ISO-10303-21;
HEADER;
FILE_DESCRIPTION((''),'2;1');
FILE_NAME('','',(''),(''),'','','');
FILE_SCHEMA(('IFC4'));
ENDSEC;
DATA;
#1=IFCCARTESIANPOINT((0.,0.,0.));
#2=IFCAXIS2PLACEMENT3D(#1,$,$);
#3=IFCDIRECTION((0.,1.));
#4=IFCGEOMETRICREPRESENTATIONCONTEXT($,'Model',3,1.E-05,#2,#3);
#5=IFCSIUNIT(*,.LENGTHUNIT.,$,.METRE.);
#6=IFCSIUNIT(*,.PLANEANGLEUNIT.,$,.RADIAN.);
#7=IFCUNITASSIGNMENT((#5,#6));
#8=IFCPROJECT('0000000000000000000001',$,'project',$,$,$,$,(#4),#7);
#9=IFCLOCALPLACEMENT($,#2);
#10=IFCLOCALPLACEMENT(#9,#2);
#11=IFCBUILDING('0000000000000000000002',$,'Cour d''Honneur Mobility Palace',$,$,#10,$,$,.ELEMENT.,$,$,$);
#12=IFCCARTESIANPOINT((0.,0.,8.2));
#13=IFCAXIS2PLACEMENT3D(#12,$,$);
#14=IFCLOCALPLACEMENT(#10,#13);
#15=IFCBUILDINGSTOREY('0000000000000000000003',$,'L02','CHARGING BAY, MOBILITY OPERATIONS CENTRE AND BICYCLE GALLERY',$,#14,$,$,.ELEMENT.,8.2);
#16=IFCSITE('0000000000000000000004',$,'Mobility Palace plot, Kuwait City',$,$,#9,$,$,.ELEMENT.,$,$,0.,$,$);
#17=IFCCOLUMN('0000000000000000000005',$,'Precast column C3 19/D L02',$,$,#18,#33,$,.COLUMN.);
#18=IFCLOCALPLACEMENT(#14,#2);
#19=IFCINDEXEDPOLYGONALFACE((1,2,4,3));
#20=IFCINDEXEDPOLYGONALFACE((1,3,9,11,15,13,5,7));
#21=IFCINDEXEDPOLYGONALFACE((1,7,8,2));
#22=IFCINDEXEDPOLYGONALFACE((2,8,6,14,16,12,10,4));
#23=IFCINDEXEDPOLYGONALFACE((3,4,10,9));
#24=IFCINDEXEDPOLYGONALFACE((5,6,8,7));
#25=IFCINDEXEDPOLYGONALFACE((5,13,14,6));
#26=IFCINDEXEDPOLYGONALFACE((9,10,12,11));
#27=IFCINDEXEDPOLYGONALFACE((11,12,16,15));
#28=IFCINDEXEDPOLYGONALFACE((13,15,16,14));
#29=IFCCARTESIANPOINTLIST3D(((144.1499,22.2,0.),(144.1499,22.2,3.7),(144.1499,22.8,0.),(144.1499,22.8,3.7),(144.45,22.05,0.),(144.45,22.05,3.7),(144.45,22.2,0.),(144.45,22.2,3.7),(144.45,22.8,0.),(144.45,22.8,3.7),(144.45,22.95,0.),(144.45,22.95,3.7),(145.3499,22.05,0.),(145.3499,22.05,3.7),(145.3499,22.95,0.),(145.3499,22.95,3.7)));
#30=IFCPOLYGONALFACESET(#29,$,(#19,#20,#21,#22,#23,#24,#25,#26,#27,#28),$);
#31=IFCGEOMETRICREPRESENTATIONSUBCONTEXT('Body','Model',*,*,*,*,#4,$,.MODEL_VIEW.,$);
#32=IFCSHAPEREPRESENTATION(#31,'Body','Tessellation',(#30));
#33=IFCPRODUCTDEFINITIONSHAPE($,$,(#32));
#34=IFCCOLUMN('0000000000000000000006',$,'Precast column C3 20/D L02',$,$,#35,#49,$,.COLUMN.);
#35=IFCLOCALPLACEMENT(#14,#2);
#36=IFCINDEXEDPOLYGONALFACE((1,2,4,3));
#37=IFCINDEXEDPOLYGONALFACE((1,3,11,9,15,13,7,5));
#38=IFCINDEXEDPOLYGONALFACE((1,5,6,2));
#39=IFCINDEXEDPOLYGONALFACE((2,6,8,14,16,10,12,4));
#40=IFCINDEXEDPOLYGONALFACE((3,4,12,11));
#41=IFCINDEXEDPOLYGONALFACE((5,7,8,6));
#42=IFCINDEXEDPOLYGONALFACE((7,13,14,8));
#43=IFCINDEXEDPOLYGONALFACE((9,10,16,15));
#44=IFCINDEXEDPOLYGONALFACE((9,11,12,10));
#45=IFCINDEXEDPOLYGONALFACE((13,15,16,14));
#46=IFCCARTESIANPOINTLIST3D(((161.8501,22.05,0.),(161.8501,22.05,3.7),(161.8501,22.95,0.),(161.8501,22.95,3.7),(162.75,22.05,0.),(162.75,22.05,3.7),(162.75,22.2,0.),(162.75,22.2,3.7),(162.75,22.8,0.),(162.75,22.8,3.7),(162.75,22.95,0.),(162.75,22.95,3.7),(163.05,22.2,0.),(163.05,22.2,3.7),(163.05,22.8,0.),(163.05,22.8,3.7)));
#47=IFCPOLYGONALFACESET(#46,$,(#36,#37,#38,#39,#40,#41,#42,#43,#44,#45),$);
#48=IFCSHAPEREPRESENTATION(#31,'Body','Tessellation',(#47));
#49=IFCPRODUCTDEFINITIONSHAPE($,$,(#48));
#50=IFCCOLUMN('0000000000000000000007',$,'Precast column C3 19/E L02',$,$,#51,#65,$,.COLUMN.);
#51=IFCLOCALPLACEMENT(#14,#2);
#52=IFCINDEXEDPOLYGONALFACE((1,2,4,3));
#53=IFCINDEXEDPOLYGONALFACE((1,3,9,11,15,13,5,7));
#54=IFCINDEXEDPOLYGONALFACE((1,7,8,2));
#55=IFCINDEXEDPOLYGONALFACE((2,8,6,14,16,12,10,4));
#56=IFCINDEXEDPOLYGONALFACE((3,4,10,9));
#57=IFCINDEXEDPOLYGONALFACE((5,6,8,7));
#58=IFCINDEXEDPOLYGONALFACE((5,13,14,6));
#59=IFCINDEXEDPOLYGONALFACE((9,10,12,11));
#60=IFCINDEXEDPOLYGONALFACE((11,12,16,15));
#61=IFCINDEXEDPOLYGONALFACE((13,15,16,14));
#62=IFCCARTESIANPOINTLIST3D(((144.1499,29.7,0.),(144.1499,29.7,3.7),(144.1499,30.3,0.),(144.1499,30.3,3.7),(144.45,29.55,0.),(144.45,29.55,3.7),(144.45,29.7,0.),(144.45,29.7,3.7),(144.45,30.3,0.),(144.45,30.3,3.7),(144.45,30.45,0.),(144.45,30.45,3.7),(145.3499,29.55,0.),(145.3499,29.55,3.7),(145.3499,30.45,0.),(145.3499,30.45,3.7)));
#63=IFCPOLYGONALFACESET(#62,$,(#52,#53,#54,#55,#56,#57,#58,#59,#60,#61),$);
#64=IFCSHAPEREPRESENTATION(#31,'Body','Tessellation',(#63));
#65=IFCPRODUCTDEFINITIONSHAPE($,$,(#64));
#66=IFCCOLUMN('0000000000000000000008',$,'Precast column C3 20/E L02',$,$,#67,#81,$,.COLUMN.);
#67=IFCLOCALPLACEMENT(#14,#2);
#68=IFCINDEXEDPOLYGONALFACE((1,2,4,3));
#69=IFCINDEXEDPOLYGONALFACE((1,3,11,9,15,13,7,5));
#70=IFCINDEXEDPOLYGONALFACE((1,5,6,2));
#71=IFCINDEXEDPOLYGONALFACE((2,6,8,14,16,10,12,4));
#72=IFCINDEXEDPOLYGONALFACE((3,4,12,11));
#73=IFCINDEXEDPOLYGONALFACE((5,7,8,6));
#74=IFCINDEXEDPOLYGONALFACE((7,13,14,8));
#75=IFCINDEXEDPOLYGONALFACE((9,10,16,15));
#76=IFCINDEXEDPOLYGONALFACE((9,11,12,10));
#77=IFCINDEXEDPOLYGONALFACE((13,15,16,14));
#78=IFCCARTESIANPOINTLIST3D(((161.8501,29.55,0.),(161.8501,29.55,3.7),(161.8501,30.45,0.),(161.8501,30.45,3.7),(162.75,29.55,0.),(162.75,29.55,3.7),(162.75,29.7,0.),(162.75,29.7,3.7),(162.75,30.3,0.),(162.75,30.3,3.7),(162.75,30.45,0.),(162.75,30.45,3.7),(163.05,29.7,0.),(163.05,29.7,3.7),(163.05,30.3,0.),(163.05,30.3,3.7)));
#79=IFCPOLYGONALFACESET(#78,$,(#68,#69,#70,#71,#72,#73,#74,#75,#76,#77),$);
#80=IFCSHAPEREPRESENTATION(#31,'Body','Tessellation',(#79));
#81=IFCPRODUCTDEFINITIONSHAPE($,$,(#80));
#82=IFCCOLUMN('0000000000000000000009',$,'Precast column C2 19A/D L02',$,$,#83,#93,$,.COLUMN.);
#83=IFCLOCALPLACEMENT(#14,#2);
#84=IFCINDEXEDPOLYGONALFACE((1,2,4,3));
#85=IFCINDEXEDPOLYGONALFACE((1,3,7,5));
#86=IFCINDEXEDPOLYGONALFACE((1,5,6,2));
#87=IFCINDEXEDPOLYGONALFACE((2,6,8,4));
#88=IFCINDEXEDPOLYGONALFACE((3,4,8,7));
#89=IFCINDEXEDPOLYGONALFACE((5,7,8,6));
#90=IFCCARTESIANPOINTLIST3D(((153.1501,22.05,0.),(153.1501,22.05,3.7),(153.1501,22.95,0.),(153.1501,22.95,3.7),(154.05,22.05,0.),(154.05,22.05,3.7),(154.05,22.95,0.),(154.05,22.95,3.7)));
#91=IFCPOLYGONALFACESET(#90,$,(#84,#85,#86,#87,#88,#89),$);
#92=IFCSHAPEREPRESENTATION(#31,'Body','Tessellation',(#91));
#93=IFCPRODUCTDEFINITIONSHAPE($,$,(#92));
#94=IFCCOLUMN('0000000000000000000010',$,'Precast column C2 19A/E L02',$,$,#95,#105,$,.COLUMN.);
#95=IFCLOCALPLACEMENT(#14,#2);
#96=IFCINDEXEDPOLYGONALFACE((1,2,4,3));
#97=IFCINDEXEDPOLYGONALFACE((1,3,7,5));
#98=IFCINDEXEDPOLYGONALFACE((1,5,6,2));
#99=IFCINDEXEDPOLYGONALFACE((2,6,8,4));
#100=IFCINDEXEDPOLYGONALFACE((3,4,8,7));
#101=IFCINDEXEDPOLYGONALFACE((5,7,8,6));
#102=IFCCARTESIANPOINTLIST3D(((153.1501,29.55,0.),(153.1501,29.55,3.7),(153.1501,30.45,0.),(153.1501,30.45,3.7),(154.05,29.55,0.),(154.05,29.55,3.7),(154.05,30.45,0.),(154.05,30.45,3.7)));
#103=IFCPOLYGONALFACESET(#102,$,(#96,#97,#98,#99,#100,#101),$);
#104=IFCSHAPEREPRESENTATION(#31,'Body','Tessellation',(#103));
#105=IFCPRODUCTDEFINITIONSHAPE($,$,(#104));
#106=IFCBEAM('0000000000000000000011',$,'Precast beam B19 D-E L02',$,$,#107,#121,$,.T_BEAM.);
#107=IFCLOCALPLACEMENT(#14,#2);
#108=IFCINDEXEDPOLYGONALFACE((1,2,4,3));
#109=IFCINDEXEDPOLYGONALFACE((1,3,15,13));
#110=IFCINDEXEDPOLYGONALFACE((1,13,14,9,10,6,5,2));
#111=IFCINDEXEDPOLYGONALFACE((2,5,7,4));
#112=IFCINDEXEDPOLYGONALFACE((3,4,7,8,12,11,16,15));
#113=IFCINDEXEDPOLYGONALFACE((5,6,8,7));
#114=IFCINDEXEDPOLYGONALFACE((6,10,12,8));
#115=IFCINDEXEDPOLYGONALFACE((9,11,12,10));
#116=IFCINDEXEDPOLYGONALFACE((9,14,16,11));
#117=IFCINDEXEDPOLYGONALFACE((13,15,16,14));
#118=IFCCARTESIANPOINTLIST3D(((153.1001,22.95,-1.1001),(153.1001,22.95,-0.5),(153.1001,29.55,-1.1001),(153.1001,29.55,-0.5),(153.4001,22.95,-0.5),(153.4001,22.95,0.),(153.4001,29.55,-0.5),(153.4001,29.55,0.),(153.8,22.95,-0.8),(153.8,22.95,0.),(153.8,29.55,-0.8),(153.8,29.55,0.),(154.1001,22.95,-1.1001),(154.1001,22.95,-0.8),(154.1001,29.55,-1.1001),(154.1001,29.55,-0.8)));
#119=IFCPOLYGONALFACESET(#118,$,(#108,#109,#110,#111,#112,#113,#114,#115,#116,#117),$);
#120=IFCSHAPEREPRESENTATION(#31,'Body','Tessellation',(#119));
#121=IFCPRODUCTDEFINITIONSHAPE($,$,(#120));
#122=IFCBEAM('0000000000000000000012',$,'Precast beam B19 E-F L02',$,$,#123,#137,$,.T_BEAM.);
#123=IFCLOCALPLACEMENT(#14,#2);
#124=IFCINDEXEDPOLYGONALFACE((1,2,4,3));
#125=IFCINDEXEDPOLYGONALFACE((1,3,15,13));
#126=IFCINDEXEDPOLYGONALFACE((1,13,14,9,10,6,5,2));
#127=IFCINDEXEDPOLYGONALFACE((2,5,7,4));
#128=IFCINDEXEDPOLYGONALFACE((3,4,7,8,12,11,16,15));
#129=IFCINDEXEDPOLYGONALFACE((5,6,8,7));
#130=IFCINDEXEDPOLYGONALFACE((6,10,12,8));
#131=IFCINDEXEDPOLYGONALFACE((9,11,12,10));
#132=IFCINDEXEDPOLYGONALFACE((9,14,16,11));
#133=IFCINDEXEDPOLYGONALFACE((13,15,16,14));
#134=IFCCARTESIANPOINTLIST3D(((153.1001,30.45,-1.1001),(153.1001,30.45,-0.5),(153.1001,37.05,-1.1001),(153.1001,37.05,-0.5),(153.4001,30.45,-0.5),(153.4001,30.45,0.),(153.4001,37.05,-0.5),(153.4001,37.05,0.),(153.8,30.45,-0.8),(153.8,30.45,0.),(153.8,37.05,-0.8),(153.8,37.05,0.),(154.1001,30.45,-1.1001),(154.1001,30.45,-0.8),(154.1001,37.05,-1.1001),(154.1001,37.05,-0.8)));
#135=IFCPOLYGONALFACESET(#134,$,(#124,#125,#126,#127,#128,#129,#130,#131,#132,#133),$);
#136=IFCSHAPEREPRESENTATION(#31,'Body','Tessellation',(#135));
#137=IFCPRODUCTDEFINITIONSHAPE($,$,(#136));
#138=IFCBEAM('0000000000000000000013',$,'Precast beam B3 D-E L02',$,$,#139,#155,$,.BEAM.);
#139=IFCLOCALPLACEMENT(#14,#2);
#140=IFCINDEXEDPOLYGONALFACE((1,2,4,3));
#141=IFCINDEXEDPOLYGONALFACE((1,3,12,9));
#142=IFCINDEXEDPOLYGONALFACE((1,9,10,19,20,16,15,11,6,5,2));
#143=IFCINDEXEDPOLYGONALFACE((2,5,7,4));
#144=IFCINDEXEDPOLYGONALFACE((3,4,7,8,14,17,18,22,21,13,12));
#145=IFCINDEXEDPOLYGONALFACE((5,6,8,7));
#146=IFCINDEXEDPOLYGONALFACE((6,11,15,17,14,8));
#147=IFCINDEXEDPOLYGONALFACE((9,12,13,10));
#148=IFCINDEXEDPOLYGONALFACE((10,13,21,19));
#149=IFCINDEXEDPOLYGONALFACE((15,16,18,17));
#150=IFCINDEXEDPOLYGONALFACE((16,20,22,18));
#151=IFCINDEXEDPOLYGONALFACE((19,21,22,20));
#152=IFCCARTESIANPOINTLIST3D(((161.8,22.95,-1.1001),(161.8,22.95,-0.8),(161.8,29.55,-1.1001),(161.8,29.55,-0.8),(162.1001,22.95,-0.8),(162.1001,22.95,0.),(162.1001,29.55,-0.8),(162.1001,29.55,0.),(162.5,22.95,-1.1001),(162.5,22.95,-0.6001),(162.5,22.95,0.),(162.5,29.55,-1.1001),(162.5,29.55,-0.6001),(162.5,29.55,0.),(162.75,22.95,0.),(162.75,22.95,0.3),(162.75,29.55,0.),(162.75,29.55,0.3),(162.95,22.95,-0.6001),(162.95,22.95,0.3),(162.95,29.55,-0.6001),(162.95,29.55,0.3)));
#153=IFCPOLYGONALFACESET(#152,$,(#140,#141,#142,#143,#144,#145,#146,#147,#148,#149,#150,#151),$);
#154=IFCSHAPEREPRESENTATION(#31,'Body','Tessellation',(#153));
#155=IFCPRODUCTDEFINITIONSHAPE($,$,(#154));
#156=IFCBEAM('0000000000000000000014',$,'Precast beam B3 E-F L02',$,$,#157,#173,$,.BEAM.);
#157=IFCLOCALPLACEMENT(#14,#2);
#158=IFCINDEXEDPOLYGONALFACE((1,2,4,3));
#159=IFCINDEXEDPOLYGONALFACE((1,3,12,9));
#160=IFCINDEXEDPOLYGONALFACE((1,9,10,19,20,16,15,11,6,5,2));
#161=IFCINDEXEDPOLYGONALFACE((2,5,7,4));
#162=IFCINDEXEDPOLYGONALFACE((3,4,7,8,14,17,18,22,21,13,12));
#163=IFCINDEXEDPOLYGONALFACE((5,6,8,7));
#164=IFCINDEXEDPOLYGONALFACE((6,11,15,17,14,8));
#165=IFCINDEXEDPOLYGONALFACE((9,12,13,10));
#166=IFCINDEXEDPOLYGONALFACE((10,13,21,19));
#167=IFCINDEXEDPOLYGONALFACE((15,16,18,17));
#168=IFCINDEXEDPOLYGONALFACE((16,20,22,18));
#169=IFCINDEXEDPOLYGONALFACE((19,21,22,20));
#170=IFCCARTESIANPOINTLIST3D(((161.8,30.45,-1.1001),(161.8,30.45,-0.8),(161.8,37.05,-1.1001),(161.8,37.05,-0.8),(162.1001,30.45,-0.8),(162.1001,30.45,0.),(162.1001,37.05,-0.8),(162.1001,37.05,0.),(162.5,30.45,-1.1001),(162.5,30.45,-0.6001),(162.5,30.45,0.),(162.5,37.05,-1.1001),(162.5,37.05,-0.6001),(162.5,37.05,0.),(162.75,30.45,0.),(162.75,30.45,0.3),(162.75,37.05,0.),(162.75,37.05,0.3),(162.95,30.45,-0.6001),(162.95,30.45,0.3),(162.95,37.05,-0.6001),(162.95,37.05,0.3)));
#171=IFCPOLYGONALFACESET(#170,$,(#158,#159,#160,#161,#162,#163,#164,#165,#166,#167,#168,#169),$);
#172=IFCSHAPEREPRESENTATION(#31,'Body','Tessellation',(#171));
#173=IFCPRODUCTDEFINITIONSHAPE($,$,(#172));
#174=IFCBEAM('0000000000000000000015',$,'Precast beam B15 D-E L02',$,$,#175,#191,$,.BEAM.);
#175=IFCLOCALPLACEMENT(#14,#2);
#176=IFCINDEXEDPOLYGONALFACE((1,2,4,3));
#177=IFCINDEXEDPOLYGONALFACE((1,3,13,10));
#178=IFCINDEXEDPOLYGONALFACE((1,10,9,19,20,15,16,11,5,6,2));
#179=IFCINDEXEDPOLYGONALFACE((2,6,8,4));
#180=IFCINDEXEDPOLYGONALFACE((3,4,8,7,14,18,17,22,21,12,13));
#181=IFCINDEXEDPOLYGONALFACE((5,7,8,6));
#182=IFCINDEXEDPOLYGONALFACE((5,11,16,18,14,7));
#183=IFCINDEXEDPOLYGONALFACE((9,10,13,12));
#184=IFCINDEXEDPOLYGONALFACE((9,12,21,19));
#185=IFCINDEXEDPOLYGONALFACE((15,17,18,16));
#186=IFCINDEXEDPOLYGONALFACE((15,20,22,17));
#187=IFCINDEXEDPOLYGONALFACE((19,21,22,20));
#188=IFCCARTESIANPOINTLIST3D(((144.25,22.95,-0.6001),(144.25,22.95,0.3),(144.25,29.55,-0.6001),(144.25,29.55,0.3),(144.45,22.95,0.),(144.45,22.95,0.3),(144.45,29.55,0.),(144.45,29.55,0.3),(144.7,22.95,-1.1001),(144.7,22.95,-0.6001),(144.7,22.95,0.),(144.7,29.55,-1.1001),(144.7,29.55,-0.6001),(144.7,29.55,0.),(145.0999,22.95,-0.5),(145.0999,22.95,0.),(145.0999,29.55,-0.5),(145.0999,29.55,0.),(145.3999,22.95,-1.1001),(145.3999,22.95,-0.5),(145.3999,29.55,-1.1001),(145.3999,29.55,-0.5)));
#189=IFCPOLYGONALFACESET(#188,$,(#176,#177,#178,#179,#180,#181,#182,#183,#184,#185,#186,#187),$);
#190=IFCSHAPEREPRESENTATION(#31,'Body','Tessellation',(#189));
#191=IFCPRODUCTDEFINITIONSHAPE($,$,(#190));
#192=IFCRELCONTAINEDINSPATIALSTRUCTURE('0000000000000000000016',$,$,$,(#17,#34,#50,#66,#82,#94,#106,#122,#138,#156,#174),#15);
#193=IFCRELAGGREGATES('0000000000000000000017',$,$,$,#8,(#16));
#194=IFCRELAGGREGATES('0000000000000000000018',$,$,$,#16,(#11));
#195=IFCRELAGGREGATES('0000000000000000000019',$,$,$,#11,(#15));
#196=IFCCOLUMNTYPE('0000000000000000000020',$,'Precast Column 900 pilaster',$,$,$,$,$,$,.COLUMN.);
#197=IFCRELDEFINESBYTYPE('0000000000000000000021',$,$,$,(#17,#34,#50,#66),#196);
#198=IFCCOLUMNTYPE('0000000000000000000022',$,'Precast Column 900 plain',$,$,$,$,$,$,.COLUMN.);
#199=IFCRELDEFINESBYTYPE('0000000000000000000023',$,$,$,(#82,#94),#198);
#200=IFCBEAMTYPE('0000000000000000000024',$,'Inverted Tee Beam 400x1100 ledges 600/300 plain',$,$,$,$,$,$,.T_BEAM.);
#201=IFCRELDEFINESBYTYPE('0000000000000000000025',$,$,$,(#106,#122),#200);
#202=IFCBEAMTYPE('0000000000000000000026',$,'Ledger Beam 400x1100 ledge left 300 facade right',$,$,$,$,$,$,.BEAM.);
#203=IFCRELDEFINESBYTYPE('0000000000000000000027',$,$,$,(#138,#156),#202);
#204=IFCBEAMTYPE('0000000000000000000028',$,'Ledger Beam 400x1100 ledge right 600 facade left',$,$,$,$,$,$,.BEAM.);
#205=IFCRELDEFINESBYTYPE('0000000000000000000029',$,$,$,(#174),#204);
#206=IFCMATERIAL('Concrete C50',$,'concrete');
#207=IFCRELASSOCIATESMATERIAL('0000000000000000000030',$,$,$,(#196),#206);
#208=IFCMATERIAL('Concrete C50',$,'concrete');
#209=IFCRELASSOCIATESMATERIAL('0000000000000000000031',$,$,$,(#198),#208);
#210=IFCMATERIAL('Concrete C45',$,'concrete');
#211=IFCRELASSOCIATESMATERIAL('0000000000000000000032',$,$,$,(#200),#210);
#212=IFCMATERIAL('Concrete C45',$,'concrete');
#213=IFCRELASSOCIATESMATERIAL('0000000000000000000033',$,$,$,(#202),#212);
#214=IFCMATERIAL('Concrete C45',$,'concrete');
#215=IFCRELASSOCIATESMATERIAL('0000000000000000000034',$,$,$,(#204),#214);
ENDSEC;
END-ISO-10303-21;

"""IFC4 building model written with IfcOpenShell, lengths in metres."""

from ifc_helpers import new_model, si_unit, direction, frame, origin, place, context, subcontext, project, spatial, polyline, outline, extrude, material, material_profile, profile_set, type_object, element, save


model = new_model("IFC4")

# Units and contexts
model_context = context("Model", 3, precision=1e-05, world=origin(), true_north=direction((0.0, 1.0)))
body_context = subcontext(model_context, "Body", "Model", "MODEL_VIEW")
ifc_project = project(units=[si_unit("LENGTHUNIT", "METRE"), si_unit("PLANEANGLEUNIT", "RADIAN")], contexts=[model_context])

# Site, building, storey
site_placement = place(None, origin())
site = spatial("IfcSite", under=ifc_project, at=site_placement, Name="Mobility Palace plot, Kuwait City", CompositionType="ELEMENT", RefElevation=0.0)
building_placement = place(site_placement, origin())
building = spatial("IfcBuilding", under=site, at=building_placement, Name="Cour d'Honneur Mobility Palace", CompositionType="ELEMENT")
storey_placement = place(building_placement, frame((0.0, 0.0, 8.2)))
storey = spatial("IfcBuildingStorey", under=building, at=storey_placement, Name="L02", Description="CHARGING BAY, MOBILITY OPERATIONS CENTRE AND BICYCLE GALLERY", CompositionType="ELEMENT", Elevation=8.2)

# Columns
ifc_material_1 = material(Name="Concrete C50", Category="concrete")
ifc_material_profile_1 = material_profile(ifc_material_1, outline(polyline([(-0.45, -0.45), (0.45, -0.45), (0.45, -0.3), (0.75, -0.3), (0.75, 0.3), (0.45, 0.3), (0.45, 0.45), (-0.45, 0.45), (-0.45, -0.45)])), Name="PC C900 pilaster")
ifc_profile_set_1 = profile_set([ifc_material_profile_1], Name="Concrete C50")
column_type_1 = type_object("IfcColumnType", Name="Precast Column 900 pilaster", PredefinedType="COLUMN", material=ifc_profile_set_1)
for number, where, z_axis, x_axis, name in (
    (1, (144.8999, 22.5, 0.0), (0.0, 0.0, 1.0), (-1.0, 0.0, 0.0), "Precast column C3 19/D L02"),
    (2, (162.3, 22.5, 0.0), (0.0, 0.0, 1.0), (1.0, 0.0, 0.0), "Precast column C3 20/D L02"),
    (3, (144.8999, 30.0, 0.0), (0.0, 0.0, 1.0), (-1.0, 0.0, 0.0), "Precast column C3 19/E L02"),
    (4, (162.3, 30.0, 0.0), (0.0, 0.0, 1.0), (1.0, 0.0, 0.0), "Precast column C3 20/E L02"),
):
    element("IfcColumn", number, at=place(storey_placement, frame(where, z_axis=z_axis, x_axis=x_axis)), inside=storey, type_object=column_type_1, Name=name, PredefinedType="COLUMN", context=body_context, shape_type="SweptSolid", body=[
        extrude(outline(polyline([(-0.45, -0.45), (0.45, -0.45), (0.45, -0.3), (0.75, -0.3), (0.75, 0.3), (0.45, 0.3), (0.45, 0.45), (-0.45, 0.45), (-0.45, -0.45)])), origin(), (0.0, 0.0, 1.0), 3.7),
    ])
ifc_material_2 = material(Name="Concrete C50", Category="concrete")
ifc_material_profile_2 = material_profile(ifc_material_2, outline(polyline([(-0.45, -0.45), (0.45, -0.45), (0.45, 0.45), (-0.45, 0.45), (-0.45, -0.45)])), Name="PC C900 plain")
ifc_profile_set_2 = profile_set([ifc_material_profile_2], Name="Concrete C50")
column_type_2 = type_object("IfcColumnType", Name="Precast Column 900 plain", PredefinedType="COLUMN", material=ifc_profile_set_2)
for number, where, z_axis, x_axis, name in (
    (5, (153.6001, 22.5, 0.0), (0.0, 0.0, 1.0), (1.0, 0.0, 0.0), "Precast column C2 19A/D L02"),
    (6, (153.6001, 30.0, 0.0), (0.0, 0.0, 1.0), (1.0, 0.0, 0.0), "Precast column C2 19A/E L02"),
):
    element("IfcColumn", number, at=place(storey_placement, frame(where, z_axis=z_axis, x_axis=x_axis)), inside=storey, type_object=column_type_2, Name=name, PredefinedType="COLUMN", context=body_context, shape_type="SweptSolid", body=[
        extrude(outline(polyline([(-0.45, -0.45), (0.45, -0.45), (0.45, 0.45), (-0.45, 0.45), (-0.45, -0.45)])), origin(), (0.0, 0.0, 1.0), 3.7),
    ])

# Beams
ifc_material_3 = material(Name="Concrete C45", Category="concrete")
ifc_material_profile_3 = material_profile(ifc_material_3, outline(polyline([(0.5, -1.1001), (0.5, -0.5), (0.2, -0.5), (0.2, 0.0), (-0.2, 0.0), (-0.2, -0.8), (-0.5, -0.8), (-0.5, -1.1001), (0.5, -1.1001)])), Name="Inverted Tee Beam 400x1100 ledges 600/300 plain")
ifc_profile_set_3 = profile_set([ifc_material_profile_3], Name="Concrete C45")
beam_type_1 = type_object("IfcBeamType", Name="Inverted Tee Beam 400x1100 ledges 600/300 plain", PredefinedType="T_BEAM", material=ifc_profile_set_3)
for number, where, z_axis, x_axis, name in (
    (7, (153.6001, 22.95, 0.0), (0.0, 1.0, 0.0), (-1.0, 0.0, 0.0), "Precast beam B19 D-E L02"),
    (8, (153.6001, 30.45, 0.0), (0.0, 1.0, 0.0), (-1.0, 0.0, 0.0), "Precast beam B19 E-F L02"),
):
    element("IfcBeam", number, at=place(storey_placement, frame(where, z_axis=z_axis, x_axis=x_axis)), inside=storey, type_object=beam_type_1, Name=name, PredefinedType="T_BEAM", context=body_context, shape_type="SweptSolid", body=[
        extrude(outline(polyline([(0.5, -1.1001), (0.5, -0.5), (0.2, -0.5), (0.2, 0.0), (-0.2, 0.0), (-0.2, -0.8), (-0.5, -0.8), (-0.5, -1.1001), (0.5, -1.1001)])), origin(), (0.0, 0.0, 1.0), 6.6001),
    ])
ifc_material_4 = material(Name="Concrete C45", Category="concrete")
ifc_material_profile_4 = material_profile(ifc_material_4, outline(polyline([(0.5, -1.1001), (0.5, -0.8), (0.2, -0.8), (0.2, 0.0), (-0.2, 0.0), (-0.45, 0.0), (-0.45, 0.3), (-0.6499, 0.3), (-0.6499, -0.6001), (-0.2, -0.6001), (-0.2, -1.1001), (0.5, -1.1001)])), Name="Ledger Beam 400x1100 ledge left 300 facade right")
ifc_profile_set_4 = profile_set([ifc_material_profile_4], Name="Concrete C45")
beam_type_2 = type_object("IfcBeamType", Name="Ledger Beam 400x1100 ledge left 300 facade right", PredefinedType="BEAM", material=ifc_profile_set_4)
for number, where, z_axis, x_axis, name in (
    (9, (162.3, 22.95, 0.0), (0.0, 1.0, 0.0), (-1.0, 0.0, 0.0), "Precast beam B3 D-E L02"),
    (10, (162.3, 30.45, 0.0), (0.0, 1.0, 0.0), (-1.0, 0.0, 0.0), "Precast beam B3 E-F L02"),
):
    element("IfcBeam", number, at=place(storey_placement, frame(where, z_axis=z_axis, x_axis=x_axis)), inside=storey, type_object=beam_type_2, Name=name, PredefinedType="BEAM", context=body_context, shape_type="SweptSolid", body=[
        extrude(outline(polyline([(0.5, -1.1001), (0.5, -0.8), (0.2, -0.8), (0.2, 0.0), (-0.2, 0.0), (-0.45, 0.0), (-0.45, 0.3), (-0.6499, 0.3), (-0.6499, -0.6001), (-0.2, -0.6001), (-0.2, -1.1001), (0.5, -1.1001)])), origin(), (0.0, 0.0, 1.0), 6.6001),
    ])
ifc_material_5 = material(Name="Concrete C45", Category="concrete")
ifc_material_profile_5 = material_profile(ifc_material_5, outline(polyline([(0.2, -1.1001), (0.2, -0.6001), (0.6499, -0.6001), (0.6499, 0.3), (0.45, 0.3), (0.45, 0.0), (0.2, 0.0), (-0.2, 0.0), (-0.2, -0.5), (-0.5, -0.5), (-0.5, -1.1001), (0.2, -1.1001)])), Name="Ledger Beam 400x1100 ledge right 600 facade left")
ifc_profile_set_5 = profile_set([ifc_material_profile_5], Name="Concrete C45")
beam_type_3 = type_object("IfcBeamType", Name="Ledger Beam 400x1100 ledge right 600 facade left", PredefinedType="BEAM", material=ifc_profile_set_5)
for number, where, z_axis, x_axis, name in (
    (11, (144.8999, 22.95, 0.0), (0.0, 1.0, 0.0), (-1.0, 0.0, 0.0), "Precast beam B15 D-E L02"),
):
    element("IfcBeam", number, at=place(storey_placement, frame(where, z_axis=z_axis, x_axis=x_axis)), inside=storey, type_object=beam_type_3, Name=name, PredefinedType="BEAM", context=body_context, shape_type="SweptSolid", body=[
        extrude(outline(polyline([(0.2, -1.1001), (0.2, -0.6001), (0.6499, -0.6001), (0.6499, 0.3), (0.45, 0.3), (0.45, 0.0), (0.2, 0.0), (-0.2, 0.0), (-0.2, -0.5), (-0.5, -0.5), (-0.5, -1.1001), (0.2, -1.1001)])), origin(), (0.0, 0.0, 1.0), 6.6001),
    ])

save(model, "model.ifc")
